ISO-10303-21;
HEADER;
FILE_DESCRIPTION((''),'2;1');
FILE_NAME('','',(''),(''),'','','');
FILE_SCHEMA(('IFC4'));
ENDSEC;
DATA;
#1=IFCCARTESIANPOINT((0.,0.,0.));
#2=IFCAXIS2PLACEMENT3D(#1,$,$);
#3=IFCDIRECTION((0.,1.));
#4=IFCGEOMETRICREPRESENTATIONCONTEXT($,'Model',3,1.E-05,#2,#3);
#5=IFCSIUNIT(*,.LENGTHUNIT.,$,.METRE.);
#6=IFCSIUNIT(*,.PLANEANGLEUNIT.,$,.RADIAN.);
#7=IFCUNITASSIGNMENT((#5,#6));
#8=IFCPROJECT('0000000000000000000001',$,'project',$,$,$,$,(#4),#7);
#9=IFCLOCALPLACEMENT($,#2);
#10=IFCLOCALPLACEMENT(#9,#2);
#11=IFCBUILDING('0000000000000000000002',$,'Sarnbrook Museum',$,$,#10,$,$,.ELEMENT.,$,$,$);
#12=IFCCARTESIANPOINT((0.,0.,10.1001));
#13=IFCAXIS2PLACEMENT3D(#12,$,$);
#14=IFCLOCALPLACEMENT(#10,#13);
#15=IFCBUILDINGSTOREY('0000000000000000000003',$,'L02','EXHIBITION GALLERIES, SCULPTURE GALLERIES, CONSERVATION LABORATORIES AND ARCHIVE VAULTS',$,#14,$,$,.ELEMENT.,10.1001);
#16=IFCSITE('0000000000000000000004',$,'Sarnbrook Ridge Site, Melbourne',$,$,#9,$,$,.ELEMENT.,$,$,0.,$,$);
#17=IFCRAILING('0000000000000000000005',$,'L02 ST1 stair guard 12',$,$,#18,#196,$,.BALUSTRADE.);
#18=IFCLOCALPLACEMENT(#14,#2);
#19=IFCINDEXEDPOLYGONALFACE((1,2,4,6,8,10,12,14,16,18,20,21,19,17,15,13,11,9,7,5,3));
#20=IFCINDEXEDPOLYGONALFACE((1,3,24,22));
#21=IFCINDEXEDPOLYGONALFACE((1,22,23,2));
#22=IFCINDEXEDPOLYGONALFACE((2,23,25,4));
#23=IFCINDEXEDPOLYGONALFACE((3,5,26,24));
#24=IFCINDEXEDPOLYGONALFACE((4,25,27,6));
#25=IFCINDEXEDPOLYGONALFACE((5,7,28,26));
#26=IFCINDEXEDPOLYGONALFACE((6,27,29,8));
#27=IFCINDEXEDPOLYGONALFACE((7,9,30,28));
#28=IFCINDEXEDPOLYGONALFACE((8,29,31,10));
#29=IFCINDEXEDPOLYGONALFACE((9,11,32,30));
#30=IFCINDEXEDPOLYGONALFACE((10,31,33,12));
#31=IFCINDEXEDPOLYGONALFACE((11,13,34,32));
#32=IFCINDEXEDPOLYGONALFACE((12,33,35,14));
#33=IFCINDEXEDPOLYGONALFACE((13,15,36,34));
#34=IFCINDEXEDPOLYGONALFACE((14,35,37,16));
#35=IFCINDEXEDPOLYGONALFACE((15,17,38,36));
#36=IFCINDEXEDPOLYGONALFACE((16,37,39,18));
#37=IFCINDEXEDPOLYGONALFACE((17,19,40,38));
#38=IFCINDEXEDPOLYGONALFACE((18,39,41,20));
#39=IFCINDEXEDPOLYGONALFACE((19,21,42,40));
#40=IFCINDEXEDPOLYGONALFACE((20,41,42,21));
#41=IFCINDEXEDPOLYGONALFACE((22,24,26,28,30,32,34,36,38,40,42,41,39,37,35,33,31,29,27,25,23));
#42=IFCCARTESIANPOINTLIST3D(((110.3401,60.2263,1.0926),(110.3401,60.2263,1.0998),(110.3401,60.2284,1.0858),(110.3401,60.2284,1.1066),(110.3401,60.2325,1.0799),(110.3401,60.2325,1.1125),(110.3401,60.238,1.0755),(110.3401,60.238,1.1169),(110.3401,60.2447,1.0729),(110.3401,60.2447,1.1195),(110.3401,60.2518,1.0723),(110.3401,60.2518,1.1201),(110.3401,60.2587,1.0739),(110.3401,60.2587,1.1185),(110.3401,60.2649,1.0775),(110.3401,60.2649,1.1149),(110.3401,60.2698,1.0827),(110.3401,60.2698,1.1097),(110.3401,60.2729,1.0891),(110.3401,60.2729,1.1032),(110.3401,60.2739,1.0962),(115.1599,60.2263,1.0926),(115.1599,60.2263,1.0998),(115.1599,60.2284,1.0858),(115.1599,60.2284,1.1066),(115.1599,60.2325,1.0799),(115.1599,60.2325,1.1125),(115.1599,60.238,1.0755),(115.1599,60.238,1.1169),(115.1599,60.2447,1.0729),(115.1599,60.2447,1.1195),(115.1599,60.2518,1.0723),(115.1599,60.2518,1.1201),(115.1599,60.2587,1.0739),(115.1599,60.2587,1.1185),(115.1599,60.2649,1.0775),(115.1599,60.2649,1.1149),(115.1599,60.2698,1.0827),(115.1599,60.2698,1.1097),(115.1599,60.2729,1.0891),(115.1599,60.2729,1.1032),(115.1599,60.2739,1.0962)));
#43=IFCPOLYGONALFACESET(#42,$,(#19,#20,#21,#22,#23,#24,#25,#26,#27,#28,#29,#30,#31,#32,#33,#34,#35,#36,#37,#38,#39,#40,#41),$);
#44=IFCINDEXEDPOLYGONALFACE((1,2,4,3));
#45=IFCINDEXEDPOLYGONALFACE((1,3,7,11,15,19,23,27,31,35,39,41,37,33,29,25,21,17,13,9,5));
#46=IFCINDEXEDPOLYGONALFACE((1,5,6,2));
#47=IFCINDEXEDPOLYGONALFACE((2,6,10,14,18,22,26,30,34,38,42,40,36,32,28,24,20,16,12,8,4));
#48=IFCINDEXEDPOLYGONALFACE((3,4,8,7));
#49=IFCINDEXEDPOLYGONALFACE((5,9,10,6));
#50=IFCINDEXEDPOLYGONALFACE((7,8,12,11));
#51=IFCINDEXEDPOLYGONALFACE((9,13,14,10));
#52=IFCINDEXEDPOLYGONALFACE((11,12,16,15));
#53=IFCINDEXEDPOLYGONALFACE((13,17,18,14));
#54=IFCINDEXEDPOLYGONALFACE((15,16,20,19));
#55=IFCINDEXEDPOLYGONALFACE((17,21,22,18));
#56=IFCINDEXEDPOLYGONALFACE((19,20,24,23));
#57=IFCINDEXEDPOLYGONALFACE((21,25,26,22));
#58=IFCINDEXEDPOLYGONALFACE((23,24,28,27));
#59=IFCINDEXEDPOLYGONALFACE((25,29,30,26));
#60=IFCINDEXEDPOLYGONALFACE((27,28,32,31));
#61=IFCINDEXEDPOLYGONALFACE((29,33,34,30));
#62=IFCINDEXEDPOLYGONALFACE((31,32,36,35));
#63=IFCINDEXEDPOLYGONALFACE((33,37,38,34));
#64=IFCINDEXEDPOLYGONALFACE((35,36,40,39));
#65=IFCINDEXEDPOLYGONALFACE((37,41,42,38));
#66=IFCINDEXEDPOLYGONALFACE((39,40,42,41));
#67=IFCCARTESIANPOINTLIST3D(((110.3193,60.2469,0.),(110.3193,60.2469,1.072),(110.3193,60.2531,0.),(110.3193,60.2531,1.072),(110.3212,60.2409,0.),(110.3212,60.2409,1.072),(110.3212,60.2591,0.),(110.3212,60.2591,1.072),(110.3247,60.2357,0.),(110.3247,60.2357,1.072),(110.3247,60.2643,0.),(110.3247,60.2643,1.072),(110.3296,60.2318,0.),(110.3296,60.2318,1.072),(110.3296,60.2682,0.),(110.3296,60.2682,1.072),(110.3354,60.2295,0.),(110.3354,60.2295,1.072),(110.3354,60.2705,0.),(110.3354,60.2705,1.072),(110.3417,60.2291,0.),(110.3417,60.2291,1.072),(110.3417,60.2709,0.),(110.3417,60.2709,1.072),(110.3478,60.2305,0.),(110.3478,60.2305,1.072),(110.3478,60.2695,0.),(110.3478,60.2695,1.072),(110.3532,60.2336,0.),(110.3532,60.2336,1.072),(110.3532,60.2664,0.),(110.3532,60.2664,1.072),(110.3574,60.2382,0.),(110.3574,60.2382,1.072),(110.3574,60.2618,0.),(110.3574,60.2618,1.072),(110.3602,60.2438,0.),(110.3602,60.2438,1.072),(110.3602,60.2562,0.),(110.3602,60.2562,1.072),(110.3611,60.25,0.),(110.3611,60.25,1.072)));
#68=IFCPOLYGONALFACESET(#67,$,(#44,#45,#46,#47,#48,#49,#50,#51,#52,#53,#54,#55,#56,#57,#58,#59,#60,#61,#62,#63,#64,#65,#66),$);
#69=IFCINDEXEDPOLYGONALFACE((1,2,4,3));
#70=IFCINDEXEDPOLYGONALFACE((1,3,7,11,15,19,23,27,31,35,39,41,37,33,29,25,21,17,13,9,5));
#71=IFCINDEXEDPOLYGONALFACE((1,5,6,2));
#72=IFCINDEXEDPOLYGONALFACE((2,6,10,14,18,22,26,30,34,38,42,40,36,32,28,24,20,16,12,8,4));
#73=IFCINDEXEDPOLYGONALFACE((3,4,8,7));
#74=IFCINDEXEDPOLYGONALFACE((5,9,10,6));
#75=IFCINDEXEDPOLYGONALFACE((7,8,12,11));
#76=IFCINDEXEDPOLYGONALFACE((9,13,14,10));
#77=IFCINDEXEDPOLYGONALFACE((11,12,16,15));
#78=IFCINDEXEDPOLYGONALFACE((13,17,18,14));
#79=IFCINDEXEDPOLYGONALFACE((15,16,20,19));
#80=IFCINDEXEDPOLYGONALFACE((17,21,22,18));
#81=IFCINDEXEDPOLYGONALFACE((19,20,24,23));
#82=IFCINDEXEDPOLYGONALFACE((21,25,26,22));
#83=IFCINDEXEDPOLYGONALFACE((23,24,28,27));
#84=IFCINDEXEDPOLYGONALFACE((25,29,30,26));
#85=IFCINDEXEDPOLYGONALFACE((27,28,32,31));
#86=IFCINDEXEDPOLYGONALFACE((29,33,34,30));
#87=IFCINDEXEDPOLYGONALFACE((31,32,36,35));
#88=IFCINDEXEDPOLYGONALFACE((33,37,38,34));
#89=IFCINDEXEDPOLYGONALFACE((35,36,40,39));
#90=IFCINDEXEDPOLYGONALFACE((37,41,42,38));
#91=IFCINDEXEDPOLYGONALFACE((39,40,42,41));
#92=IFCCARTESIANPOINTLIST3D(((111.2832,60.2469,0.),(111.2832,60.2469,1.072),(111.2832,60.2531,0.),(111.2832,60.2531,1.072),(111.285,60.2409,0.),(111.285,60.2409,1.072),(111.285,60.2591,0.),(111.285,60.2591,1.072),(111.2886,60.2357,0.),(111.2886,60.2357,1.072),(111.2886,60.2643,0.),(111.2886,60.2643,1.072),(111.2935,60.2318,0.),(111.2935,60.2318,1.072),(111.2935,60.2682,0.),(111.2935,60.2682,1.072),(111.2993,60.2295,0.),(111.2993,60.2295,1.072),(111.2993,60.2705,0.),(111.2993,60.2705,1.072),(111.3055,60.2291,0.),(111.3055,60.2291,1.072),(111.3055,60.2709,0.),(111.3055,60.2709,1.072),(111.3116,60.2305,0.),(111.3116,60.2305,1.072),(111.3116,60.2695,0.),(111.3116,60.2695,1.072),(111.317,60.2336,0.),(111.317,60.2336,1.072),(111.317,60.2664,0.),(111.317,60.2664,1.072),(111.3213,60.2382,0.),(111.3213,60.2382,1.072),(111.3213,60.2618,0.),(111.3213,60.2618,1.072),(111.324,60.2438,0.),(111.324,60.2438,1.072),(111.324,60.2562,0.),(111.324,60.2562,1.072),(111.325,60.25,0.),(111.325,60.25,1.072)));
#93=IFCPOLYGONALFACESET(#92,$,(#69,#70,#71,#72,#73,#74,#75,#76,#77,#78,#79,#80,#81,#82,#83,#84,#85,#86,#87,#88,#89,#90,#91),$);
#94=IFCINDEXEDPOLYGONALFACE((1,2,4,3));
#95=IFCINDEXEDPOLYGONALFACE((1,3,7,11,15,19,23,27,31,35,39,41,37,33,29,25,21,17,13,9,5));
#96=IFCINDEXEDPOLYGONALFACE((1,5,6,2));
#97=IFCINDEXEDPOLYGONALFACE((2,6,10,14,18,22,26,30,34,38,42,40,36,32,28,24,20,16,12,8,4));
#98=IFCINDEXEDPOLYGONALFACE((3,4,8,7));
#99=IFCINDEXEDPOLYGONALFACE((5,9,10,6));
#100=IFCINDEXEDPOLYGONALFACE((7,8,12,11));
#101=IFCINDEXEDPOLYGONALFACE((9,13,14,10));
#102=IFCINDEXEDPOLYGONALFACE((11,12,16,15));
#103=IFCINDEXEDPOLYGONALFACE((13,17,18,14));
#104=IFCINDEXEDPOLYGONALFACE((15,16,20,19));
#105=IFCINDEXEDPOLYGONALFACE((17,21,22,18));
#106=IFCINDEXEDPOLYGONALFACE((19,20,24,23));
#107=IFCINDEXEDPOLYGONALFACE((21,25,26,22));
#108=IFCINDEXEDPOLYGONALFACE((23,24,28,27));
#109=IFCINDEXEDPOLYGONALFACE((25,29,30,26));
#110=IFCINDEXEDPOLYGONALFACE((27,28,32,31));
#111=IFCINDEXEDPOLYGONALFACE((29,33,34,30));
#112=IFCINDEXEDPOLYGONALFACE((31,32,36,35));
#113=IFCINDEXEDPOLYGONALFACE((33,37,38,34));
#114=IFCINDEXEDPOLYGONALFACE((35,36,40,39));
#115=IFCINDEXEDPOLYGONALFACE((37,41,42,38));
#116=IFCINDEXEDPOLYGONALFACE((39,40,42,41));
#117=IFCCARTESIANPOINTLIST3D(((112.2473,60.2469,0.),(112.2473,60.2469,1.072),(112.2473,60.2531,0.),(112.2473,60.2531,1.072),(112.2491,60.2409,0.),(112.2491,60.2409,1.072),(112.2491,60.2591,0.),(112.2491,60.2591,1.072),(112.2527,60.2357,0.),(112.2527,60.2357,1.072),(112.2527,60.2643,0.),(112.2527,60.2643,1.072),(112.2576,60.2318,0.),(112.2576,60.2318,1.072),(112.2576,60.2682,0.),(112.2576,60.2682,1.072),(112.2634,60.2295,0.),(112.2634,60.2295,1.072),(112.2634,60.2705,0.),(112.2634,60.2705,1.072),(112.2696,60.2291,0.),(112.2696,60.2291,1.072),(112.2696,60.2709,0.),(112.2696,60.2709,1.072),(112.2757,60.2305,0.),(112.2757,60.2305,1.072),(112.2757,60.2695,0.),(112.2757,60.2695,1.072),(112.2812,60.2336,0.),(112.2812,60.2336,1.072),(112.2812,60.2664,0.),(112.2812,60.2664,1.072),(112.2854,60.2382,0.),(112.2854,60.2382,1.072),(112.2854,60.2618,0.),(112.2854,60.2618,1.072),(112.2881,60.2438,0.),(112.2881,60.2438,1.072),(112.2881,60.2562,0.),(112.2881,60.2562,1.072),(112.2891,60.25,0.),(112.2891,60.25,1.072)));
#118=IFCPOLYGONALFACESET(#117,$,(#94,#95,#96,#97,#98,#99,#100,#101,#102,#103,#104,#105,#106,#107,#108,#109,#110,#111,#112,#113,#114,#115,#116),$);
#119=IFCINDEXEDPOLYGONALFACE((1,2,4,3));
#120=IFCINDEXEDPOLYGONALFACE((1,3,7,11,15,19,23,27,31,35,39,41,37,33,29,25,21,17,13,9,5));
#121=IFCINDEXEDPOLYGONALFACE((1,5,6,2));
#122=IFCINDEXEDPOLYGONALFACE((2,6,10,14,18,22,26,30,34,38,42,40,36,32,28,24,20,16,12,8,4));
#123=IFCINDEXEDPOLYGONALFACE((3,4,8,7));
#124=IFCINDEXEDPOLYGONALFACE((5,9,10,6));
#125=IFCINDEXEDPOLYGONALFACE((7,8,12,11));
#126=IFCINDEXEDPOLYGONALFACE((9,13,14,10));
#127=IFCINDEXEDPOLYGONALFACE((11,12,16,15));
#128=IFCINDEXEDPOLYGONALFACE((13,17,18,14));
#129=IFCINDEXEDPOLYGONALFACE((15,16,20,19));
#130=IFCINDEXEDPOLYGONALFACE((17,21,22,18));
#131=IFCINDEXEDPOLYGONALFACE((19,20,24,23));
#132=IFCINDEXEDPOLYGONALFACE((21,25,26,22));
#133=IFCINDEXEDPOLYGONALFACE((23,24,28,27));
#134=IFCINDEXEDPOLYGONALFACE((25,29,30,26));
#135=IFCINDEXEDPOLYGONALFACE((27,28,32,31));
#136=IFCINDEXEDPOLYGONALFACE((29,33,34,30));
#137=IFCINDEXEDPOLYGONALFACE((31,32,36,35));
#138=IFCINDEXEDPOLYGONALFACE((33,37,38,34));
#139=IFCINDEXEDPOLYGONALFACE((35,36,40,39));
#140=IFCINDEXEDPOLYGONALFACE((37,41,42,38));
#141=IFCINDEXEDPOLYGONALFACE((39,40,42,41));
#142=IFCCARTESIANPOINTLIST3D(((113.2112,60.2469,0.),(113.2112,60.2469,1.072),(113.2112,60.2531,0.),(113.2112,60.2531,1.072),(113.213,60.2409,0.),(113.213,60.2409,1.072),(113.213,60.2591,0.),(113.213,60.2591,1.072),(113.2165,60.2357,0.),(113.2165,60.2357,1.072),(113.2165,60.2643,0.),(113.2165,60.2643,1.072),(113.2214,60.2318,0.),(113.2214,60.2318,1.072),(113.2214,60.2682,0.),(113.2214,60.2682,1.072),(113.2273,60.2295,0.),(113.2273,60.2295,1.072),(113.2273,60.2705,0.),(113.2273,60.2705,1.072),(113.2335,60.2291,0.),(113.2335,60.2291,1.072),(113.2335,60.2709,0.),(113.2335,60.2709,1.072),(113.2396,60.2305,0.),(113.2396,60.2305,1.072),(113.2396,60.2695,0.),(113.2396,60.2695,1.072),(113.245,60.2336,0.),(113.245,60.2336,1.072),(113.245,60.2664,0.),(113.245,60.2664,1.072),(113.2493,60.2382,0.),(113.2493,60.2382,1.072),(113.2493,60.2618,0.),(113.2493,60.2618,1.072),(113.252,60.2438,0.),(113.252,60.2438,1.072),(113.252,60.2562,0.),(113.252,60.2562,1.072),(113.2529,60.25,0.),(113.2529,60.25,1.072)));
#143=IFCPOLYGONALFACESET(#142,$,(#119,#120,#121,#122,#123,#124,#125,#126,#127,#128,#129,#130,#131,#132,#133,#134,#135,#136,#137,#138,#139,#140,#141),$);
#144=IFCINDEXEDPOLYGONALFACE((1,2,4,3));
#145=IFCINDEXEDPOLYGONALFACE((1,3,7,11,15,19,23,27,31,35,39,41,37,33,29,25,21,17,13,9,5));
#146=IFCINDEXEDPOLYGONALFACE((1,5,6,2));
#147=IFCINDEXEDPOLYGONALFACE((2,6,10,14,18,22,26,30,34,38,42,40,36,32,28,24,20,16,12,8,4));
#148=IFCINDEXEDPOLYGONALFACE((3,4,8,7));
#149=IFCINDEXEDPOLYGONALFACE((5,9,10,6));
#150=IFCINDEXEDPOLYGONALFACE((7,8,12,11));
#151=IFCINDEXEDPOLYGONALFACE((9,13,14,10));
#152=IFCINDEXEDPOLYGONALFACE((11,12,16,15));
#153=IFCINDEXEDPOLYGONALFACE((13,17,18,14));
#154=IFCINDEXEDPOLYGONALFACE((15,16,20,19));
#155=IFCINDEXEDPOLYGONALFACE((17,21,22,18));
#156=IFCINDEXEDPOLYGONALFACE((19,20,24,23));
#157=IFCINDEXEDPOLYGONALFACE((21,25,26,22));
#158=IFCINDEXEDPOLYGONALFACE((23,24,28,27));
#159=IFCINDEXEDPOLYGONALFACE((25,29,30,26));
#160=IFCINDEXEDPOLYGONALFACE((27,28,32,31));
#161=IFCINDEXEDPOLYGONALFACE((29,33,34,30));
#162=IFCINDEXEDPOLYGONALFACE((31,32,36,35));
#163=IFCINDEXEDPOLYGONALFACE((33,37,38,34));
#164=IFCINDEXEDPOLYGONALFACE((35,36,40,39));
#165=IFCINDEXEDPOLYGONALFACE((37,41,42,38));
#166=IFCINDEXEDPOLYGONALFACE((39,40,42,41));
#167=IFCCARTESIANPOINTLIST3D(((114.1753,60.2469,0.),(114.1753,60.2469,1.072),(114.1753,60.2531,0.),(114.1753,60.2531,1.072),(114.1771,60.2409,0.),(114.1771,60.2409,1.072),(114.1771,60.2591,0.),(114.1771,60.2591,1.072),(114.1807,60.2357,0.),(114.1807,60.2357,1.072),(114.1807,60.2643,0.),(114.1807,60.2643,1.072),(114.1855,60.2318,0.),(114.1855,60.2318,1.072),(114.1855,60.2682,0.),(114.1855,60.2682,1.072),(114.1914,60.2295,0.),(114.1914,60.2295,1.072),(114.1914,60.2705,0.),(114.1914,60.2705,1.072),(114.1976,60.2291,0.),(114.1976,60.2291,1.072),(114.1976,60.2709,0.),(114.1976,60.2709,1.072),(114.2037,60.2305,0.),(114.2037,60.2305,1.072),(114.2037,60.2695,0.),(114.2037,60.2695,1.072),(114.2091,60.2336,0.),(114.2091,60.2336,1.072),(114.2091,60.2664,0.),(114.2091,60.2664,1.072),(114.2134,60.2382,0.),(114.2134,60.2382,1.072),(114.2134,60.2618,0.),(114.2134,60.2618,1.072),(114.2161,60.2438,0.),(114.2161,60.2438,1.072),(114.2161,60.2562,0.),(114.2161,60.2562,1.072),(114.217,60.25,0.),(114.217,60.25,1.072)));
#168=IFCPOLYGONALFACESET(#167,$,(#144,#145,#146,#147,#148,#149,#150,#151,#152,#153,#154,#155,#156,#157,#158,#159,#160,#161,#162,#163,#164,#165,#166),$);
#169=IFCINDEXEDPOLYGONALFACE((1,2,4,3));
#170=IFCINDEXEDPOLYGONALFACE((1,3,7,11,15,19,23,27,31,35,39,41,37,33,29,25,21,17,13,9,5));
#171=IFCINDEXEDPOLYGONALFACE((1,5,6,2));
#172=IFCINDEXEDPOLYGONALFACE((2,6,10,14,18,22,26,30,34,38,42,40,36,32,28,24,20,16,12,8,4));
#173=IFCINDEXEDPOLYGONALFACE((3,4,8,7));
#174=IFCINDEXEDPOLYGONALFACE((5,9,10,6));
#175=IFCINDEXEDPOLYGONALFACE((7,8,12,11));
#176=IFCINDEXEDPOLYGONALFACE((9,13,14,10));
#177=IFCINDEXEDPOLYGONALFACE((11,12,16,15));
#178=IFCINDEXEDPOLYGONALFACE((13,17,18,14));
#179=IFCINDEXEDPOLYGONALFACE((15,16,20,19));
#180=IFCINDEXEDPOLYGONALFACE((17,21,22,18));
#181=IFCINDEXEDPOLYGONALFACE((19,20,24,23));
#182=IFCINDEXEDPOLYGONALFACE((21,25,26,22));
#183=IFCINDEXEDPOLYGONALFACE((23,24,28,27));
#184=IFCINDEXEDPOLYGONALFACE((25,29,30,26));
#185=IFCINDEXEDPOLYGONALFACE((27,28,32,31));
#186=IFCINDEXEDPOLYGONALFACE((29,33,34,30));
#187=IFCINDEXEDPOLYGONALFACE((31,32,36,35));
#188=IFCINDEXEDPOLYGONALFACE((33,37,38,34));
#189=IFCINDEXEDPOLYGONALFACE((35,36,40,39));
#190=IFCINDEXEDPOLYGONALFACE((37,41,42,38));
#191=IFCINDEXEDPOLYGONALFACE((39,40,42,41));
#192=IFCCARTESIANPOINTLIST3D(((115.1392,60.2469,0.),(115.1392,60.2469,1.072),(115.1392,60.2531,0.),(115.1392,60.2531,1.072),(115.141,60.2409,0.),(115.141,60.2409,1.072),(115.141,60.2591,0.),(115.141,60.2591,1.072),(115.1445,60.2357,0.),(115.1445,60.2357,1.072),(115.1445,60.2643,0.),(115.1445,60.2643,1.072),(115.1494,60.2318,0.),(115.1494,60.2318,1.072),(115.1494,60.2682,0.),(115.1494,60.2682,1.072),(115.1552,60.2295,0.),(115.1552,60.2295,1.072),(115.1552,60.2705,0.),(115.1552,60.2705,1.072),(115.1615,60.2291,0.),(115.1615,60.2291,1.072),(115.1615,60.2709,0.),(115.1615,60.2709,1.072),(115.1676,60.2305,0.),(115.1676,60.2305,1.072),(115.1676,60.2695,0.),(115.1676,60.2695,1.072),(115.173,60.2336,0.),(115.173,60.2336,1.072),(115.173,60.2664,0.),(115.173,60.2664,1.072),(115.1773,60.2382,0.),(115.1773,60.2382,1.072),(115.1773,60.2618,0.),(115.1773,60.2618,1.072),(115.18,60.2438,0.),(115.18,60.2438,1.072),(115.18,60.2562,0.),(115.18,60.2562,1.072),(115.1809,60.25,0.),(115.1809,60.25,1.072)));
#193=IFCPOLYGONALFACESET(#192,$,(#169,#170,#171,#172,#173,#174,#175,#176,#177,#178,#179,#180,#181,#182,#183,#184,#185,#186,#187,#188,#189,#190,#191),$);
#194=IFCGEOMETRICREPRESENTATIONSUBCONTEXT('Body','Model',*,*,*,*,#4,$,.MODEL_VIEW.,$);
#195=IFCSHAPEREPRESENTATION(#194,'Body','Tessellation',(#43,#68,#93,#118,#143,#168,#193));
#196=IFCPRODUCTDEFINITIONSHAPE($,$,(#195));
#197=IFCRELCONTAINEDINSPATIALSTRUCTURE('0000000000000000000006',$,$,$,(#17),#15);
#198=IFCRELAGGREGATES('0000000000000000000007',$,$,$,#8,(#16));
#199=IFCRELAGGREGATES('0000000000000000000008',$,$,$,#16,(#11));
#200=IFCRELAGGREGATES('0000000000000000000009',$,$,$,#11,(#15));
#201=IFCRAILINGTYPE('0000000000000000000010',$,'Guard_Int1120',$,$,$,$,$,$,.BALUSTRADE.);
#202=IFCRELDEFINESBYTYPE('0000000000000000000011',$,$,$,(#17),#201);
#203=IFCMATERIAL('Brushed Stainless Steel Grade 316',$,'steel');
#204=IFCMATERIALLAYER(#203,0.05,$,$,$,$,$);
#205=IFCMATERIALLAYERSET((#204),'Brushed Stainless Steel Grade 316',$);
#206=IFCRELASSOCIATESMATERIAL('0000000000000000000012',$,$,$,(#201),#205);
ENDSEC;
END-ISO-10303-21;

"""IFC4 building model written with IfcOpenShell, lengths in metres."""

from ifc_helpers import new_model, si_unit, direction, frame, origin, origin_2d, place, context, subcontext, project, spatial, circle, extrude, material, layer, layer_set, type_object, element, save


model = new_model("IFC4")

# Units and contexts
model_context = context("Model", 3, precision=1e-05, world=origin(), true_north=direction((0.0, 1.0)))
body_context = subcontext(model_context, "Body", "Model", "MODEL_VIEW")
ifc_project = project(units=[si_unit("LENGTHUNIT", "METRE"), si_unit("PLANEANGLEUNIT", "RADIAN")], contexts=[model_context])

# Site, building, storey
site_placement = place(None, origin())
site = spatial("IfcSite", under=ifc_project, at=site_placement, Name="Sarnbrook Ridge Site, Melbourne", CompositionType="ELEMENT", RefElevation=0.0)
building_placement = place(site_placement, origin())
building = spatial("IfcBuilding", under=site, at=building_placement, Name="Sarnbrook Museum", CompositionType="ELEMENT")
storey_placement = place(building_placement, frame((0.0, 0.0, 10.1001)))
storey = spatial("IfcBuildingStorey", under=building, at=storey_placement, Name="L02", Description="EXHIBITION GALLERIES, SCULPTURE GALLERIES, CONSERVATION LABORATORIES AND ARCHIVE VAULTS", CompositionType="ELEMENT", Elevation=10.1001)

# Shared definitions
ifc_material_1 = material(Name="Brushed Stainless Steel Grade 316", Category="steel")

# Railing
ifc_layer_1 = layer(ifc_material_1, 0.05)
ifc_layer_set_1 = layer_set([ifc_layer_1], Name="Brushed Stainless Steel Grade 316")
railing_type_1 = type_object("IfcRailingType", Name="Guard_Int1120", PredefinedType="BALUSTRADE", material=ifc_layer_set_1)
railing_1_placement = place(storey_placement, frame((110.3401, 60.25, 0.0)))
element("IfcRailing", 1, at=railing_1_placement, inside=storey, type_object=railing_type_1, Name="L02 ST1 stair guard 12", PredefinedType="BALUSTRADE", context=body_context, shape_type="SweptSolid", body=[
    extrude(circle(Radius=0.0239, at=origin_2d()), frame((0.0, 0.0, 1.0962), z_axis=(1.0, 0.0, 0.0), x_axis=(0.0, 1.0, 0.0)), (0.0, 0.0, 1.0), 4.8198),
    extrude(circle(Radius=0.021, at=origin_2d()), origin(), (0.0, 0.0, 1.0), 1.072),
    extrude(circle(Radius=0.021, at=origin_2d()), frame((0.9639, 0.0, 0.0)), (0.0, 0.0, 1.0), 1.072),
    extrude(circle(Radius=0.021, at=origin_2d()), frame((1.928, 0.0, 0.0)), (0.0, 0.0, 1.0), 1.072),
    extrude(circle(Radius=0.021, at=origin_2d()), frame((2.8918, 0.0, 0.0)), (0.0, 0.0, 1.0), 1.072),
    extrude(circle(Radius=0.021, at=origin_2d()), frame((3.856, 0.0, 0.0)), (0.0, 0.0, 1.0), 1.072),
    extrude(circle(Radius=0.021, at=origin_2d()), frame((4.8198, 0.0, 0.0)), (0.0, 0.0, 1.0), 1.072),
])

save(model, "model.ifc")
